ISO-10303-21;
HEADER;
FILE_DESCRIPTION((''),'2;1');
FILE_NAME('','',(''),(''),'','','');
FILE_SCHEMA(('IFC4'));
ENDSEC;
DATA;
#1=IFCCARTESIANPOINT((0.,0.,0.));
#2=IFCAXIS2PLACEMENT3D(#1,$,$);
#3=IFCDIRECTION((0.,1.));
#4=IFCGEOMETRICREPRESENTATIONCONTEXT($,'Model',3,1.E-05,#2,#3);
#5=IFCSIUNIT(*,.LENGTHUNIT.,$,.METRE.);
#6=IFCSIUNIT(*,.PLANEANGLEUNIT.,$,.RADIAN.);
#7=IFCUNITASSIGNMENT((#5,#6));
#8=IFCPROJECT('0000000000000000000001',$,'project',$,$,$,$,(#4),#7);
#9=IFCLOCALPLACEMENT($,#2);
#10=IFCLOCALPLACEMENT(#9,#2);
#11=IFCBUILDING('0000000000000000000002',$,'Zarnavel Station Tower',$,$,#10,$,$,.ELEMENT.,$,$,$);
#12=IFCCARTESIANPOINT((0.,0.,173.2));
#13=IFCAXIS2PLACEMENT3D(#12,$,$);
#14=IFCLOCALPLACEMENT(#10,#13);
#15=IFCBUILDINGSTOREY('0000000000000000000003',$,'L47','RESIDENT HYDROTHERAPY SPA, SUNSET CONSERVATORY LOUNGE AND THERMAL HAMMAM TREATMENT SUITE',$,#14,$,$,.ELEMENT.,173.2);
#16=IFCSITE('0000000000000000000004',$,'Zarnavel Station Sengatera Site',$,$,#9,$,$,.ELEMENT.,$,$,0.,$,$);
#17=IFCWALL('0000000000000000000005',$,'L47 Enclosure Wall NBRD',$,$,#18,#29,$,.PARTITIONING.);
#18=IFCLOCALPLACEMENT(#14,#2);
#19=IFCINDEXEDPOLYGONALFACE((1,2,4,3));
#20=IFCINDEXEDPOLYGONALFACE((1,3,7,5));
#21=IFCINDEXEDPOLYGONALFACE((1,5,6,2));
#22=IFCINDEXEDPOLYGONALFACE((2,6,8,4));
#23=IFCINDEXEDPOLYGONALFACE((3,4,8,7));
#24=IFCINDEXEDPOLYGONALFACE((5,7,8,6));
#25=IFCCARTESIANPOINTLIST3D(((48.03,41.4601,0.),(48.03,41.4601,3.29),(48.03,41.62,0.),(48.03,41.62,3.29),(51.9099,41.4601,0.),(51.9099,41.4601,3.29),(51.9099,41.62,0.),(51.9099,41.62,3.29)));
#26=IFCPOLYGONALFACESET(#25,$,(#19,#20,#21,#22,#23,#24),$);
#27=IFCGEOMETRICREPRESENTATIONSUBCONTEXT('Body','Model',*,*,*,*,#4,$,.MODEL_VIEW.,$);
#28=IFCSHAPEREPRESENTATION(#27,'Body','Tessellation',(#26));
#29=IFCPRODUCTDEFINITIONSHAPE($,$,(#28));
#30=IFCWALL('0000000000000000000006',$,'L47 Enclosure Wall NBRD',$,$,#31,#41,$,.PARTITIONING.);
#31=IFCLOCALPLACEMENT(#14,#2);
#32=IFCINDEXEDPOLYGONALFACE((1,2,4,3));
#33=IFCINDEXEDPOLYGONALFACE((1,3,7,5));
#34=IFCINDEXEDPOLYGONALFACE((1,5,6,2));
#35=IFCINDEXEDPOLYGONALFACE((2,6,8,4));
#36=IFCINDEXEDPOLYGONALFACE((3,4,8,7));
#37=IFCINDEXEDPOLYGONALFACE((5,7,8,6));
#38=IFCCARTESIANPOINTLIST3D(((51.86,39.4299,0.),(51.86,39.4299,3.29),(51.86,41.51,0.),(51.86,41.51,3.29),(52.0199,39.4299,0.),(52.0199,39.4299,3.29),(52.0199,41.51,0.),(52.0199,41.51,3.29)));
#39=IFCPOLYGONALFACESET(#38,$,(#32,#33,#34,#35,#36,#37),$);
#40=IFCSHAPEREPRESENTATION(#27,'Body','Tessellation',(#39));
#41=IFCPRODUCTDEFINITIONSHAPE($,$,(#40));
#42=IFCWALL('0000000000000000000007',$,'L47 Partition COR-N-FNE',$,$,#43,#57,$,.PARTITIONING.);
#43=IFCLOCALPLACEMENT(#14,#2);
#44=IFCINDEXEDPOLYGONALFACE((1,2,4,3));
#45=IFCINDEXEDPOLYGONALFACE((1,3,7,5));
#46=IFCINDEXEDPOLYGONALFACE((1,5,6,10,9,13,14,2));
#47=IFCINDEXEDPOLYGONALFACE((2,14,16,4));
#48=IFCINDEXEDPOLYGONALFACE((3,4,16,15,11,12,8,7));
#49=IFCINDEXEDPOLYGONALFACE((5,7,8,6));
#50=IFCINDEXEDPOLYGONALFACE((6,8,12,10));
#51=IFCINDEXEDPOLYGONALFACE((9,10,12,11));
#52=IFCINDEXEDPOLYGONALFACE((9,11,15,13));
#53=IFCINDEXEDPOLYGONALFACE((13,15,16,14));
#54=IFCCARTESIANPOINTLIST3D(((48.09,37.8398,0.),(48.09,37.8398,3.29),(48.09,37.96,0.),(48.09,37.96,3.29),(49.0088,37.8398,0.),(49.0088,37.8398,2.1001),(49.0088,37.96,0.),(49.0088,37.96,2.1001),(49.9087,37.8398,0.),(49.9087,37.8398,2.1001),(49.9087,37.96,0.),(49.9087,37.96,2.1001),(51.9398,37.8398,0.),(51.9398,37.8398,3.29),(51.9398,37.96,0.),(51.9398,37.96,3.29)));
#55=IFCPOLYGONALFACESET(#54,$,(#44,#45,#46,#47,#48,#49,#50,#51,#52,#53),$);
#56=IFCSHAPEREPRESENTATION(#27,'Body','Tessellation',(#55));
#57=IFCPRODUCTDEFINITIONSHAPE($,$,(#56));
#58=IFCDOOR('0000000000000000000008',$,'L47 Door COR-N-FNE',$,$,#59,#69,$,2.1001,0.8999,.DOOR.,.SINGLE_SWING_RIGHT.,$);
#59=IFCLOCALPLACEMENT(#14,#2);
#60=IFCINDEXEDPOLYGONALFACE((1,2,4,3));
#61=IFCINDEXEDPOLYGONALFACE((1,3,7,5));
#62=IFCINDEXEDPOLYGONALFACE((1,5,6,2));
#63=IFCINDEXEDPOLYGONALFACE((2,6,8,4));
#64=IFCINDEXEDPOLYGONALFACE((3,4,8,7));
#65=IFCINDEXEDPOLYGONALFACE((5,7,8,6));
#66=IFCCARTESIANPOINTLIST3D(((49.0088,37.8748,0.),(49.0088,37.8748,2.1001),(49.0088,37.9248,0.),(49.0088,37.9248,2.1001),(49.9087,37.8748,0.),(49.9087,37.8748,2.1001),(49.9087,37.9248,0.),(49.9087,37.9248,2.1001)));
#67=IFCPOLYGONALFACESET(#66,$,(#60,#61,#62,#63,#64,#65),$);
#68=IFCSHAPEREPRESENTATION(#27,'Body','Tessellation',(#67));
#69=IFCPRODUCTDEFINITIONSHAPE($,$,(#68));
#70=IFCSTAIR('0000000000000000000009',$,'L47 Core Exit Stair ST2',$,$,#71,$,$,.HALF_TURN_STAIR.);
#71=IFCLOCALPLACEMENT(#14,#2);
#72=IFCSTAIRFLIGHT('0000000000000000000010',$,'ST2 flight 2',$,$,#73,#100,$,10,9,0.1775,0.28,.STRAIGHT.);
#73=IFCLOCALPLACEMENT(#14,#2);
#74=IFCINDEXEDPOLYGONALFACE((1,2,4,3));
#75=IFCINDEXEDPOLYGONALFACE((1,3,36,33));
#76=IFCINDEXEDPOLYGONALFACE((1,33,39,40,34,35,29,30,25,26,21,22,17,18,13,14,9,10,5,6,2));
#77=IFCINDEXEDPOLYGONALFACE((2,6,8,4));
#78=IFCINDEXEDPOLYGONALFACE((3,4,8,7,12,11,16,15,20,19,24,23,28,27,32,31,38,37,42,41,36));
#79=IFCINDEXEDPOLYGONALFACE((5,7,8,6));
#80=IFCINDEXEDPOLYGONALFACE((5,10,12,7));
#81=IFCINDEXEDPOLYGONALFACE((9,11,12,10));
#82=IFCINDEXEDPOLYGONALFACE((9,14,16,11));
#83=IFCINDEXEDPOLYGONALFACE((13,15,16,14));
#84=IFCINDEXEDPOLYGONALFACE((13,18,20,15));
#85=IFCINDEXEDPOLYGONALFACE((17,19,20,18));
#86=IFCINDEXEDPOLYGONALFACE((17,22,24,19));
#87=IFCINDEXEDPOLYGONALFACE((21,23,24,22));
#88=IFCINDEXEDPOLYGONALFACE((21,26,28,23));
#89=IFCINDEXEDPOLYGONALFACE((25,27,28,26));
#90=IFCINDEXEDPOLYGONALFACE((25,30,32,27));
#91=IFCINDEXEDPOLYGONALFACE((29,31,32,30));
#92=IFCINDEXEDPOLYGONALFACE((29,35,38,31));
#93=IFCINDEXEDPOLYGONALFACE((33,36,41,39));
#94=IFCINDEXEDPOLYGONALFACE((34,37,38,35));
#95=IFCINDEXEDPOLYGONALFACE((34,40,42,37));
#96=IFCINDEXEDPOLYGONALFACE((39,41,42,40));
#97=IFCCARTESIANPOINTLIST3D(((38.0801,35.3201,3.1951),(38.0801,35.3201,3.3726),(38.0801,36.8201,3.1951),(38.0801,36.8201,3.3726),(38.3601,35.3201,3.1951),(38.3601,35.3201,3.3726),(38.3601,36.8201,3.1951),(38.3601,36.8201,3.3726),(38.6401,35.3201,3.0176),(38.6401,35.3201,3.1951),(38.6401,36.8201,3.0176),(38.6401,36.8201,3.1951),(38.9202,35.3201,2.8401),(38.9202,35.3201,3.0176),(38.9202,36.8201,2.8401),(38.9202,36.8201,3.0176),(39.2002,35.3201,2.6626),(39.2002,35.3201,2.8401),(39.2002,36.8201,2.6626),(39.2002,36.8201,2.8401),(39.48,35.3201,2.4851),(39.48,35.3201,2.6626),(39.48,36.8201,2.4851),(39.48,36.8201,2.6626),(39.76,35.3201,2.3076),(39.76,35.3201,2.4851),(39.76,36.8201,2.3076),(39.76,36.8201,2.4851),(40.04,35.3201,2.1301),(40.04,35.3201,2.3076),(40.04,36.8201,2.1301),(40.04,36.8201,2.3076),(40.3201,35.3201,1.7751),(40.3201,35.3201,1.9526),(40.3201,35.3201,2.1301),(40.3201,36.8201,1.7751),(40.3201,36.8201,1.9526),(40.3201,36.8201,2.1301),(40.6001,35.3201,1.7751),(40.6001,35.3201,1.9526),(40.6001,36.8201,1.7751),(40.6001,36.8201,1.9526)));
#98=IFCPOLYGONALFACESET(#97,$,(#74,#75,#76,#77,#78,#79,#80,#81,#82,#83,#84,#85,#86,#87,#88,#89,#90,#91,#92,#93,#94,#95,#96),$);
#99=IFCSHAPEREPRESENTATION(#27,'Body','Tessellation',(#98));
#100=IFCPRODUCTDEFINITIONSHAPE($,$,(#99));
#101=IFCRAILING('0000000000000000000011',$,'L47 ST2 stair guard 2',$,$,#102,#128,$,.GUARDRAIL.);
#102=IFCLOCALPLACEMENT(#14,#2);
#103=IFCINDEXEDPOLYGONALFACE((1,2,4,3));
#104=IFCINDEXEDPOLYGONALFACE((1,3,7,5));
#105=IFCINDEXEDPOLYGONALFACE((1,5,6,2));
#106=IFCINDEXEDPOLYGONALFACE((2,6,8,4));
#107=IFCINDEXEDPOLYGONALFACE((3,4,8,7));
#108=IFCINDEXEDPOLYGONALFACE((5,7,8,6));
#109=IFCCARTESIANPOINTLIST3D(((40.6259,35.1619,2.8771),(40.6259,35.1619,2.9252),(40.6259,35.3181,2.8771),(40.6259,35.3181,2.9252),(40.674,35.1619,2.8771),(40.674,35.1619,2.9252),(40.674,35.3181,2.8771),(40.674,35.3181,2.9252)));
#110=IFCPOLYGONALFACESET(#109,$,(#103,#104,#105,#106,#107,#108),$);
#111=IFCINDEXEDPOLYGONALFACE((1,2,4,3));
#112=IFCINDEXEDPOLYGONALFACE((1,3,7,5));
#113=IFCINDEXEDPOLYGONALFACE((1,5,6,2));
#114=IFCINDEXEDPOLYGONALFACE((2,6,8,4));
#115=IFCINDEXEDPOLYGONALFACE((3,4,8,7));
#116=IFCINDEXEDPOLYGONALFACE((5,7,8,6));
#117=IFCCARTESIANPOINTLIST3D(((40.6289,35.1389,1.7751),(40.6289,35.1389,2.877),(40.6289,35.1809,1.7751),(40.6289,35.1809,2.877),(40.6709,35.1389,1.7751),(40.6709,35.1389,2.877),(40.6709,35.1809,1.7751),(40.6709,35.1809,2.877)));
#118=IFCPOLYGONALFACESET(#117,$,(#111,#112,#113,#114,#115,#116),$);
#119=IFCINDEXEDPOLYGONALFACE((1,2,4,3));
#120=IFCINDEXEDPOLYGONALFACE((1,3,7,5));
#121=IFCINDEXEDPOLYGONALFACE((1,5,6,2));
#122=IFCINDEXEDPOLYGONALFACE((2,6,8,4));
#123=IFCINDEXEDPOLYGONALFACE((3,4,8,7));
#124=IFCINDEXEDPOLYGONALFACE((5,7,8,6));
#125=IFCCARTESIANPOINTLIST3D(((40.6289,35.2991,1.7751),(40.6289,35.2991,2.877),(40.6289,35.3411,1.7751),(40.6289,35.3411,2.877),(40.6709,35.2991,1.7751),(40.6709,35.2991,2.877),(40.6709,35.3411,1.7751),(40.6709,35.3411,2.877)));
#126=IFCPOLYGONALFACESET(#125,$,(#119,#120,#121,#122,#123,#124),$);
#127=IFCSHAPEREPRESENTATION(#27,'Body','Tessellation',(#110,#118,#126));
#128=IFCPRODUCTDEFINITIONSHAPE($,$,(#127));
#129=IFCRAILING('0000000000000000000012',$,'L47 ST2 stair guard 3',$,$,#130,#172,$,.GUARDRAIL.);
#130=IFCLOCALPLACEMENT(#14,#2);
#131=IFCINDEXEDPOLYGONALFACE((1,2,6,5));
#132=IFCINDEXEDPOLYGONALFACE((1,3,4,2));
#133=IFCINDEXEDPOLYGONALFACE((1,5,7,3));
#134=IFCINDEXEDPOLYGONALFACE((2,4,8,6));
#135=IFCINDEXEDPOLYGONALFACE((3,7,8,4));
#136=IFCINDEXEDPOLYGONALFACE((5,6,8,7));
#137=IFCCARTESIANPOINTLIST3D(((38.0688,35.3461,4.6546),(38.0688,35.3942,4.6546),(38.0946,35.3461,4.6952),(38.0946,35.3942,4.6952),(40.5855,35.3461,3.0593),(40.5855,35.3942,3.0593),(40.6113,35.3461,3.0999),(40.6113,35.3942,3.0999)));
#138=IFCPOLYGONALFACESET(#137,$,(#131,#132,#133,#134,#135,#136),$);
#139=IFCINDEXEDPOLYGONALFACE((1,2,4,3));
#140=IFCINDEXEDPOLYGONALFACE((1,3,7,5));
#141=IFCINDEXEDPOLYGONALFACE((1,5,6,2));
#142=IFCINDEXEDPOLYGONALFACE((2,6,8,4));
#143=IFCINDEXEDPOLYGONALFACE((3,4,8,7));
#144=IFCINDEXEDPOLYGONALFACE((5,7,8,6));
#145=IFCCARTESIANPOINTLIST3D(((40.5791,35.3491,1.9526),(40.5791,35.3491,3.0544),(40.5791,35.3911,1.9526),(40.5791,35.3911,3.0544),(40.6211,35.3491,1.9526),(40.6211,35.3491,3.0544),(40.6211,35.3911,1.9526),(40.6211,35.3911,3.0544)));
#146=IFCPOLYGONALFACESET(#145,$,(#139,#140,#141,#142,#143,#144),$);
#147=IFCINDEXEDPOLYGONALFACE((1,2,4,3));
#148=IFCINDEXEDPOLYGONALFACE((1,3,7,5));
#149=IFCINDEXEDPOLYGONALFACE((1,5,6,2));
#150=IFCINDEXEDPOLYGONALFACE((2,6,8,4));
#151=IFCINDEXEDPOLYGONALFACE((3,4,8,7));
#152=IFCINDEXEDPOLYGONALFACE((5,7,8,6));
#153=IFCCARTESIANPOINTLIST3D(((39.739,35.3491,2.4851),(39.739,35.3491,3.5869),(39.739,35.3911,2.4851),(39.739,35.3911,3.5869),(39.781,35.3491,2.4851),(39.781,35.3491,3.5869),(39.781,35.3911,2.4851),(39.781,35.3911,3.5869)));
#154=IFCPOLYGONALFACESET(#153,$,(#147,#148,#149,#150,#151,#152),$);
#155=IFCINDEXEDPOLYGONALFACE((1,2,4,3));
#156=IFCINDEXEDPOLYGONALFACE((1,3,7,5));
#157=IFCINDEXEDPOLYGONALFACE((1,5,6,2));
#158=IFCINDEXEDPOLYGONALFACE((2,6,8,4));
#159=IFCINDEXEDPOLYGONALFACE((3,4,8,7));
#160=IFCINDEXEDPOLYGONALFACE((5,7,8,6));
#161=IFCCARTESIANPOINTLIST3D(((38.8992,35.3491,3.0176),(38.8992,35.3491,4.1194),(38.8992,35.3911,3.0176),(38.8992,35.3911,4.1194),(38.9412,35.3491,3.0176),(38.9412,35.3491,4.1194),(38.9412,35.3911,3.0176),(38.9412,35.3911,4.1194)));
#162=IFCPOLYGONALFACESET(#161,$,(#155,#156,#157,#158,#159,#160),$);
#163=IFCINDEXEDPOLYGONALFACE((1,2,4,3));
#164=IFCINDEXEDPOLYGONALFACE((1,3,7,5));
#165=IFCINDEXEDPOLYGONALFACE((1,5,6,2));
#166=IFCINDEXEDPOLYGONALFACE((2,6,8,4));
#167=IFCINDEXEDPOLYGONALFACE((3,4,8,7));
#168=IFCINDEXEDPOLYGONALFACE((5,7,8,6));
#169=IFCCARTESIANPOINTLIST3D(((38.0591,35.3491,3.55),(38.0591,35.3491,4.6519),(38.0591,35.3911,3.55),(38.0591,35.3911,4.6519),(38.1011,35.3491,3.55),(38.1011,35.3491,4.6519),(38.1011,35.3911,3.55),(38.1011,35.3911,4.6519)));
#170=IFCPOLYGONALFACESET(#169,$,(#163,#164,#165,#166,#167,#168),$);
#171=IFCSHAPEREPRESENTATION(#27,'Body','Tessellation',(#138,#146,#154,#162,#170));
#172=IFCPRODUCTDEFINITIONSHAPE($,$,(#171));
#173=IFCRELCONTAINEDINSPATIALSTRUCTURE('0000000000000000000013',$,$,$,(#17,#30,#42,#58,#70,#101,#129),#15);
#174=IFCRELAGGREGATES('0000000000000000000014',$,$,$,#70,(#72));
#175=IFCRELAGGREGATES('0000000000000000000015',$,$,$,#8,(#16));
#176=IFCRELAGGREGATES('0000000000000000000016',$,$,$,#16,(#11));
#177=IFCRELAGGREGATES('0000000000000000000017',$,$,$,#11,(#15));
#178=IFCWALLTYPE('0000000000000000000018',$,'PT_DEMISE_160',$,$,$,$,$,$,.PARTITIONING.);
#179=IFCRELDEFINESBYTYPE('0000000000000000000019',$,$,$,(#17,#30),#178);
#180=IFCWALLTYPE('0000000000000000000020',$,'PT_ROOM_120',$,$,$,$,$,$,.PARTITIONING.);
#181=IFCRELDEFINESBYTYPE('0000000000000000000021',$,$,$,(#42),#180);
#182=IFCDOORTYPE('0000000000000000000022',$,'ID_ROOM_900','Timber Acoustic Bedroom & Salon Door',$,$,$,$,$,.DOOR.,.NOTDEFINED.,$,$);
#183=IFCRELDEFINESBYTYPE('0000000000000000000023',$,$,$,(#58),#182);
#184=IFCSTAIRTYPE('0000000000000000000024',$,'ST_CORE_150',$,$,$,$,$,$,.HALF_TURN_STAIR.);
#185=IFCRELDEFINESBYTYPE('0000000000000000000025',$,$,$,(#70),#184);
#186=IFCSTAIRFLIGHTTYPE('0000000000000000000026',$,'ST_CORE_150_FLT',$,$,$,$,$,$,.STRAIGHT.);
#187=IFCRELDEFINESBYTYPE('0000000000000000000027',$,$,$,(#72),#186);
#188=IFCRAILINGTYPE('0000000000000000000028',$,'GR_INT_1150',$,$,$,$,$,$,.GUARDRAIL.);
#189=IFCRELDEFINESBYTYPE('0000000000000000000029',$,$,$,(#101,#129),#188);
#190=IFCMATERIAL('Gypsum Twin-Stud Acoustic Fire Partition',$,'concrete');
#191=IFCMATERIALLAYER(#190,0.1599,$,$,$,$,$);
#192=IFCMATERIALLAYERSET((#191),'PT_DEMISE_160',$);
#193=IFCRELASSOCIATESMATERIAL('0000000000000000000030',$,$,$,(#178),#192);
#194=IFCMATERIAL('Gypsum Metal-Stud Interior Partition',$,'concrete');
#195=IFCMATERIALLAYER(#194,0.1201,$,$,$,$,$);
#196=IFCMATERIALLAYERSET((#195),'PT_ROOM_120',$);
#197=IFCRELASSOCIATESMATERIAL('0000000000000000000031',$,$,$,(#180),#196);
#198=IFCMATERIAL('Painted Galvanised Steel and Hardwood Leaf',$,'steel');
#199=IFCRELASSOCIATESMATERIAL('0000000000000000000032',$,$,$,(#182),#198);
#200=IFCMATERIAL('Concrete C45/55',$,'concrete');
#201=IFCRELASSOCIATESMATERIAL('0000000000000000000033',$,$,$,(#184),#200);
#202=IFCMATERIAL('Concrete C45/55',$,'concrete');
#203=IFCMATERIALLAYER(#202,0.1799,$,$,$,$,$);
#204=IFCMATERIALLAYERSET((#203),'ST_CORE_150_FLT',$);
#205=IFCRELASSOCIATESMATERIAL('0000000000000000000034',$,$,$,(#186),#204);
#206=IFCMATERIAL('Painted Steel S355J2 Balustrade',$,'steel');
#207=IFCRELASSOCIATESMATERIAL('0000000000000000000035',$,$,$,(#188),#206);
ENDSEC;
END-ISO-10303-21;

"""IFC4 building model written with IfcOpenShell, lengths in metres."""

from ifc_helpers import new_model, si_unit, direction, frame, frame_2d, origin, origin_2d, place, context, subcontext, project, spatial, polyline, rectangle, outline, extrude, material, layer, layer_set, type_object, element, fill, aggregate, save


model = new_model("IFC4")

# Units and contexts
model_context = context("Model", 3, precision=1e-05, world=origin(), true_north=direction((0.0, 1.0)))
body_context = subcontext(model_context, "Body", "Model", "MODEL_VIEW")
ifc_project = project(units=[si_unit("LENGTHUNIT", "METRE"), si_unit("PLANEANGLEUNIT", "RADIAN")], contexts=[model_context])

# Site, building, storey
site_placement = place(None, origin())
site = spatial("IfcSite", under=ifc_project, at=site_placement, Name="Zarnavel Station Sengatera Site", CompositionType="ELEMENT", RefElevation=0.0)
building_placement = place(site_placement, origin())
building = spatial("IfcBuilding", under=site, at=building_placement, Name="Zarnavel Station Tower", CompositionType="ELEMENT")
storey_placement = place(building_placement, frame((0.0, 0.0, 173.2)))
storey = spatial("IfcBuildingStorey", under=building, at=storey_placement, Name="L47", Description="RESIDENT HYDROTHERAPY SPA, SUNSET CONSERVATORY LOUNGE AND THERMAL HAMMAM TREATMENT SUITE", CompositionType="ELEMENT", Elevation=173.2)

# Walls
ifc_material_1 = material(Name="Gypsum Twin-Stud Acoustic Fire Partition", Category="concrete")
ifc_layer_1 = layer(ifc_material_1, 0.1599)
ifc_layer_set_1 = layer_set([ifc_layer_1], Name="PT_DEMISE_160")
wall_type_1 = type_object("IfcWallType", Name="PT_DEMISE_160", PredefinedType="PARTITIONING", material=ifc_layer_set_1)
wall_1_placement = place(storey_placement, frame((48.03, 41.54, 0.0), z_axis=(0.0, 0.0, 1.0), x_axis=(1.0, 0.0, 0.0)))
element("IfcWall", 1, at=wall_1_placement, inside=storey, type_object=wall_type_1, Name="L47 Enclosure Wall NBRD", PredefinedType="PARTITIONING", context=body_context, shape_type="SweptSolid", body=[
    extrude(rectangle(XDim=3.8799, YDim=0.1599, at=frame_2d((1.9399, 0.0))), origin(), (0.0, 0.0, 1.0), 3.29),
])
wall_2_placement = place(storey_placement, frame((51.9399, 39.4299, 0.0), z_axis=(0.0, 0.0, 1.0), x_axis=(0.0, 1.0, 0.0)))
element("IfcWall", 2, at=wall_2_placement, inside=storey, type_object=wall_type_1, Name="L47 Enclosure Wall NBRD", PredefinedType="PARTITIONING", context=body_context, shape_type="SweptSolid", body=[
    extrude(rectangle(XDim=2.0801, YDim=0.1599, at=frame_2d((1.04, 0.0))), origin(), (0.0, 0.0, 1.0), 3.29),
])

# Wall, opening, door
ifc_material_2 = material(Name="Gypsum Metal-Stud Interior Partition", Category="concrete")
ifc_layer_2 = layer(ifc_material_2, 0.1201)
ifc_layer_set_2 = layer_set([ifc_layer_2], Name="PT_ROOM_120")
wall_type_2 = type_object("IfcWallType", Name="PT_ROOM_120", PredefinedType="PARTITIONING", material=ifc_layer_set_2)
wall_3_placement = place(storey_placement, frame((48.0901, 37.8999, 0.0), z_axis=(0.0, 0.0, 1.0), x_axis=(1.0, 0.0, 0.0)))
wall_3 = element("IfcWall", 3, at=wall_3_placement, inside=storey, type_object=wall_type_2, Name="L47 Partition COR-N-FNE", PredefinedType="PARTITIONING", context=body_context, shape_type="SweptSolid", body=[
    extrude(rectangle(XDim=3.8499, YDim=0.1201, at=frame_2d((1.9248, 0.0))), origin(), (0.0, 0.0, 1.0), 3.29),
])
opening_1_placement = place(wall_3_placement, frame((0.9187, 0.0, 0.0)))
opening_1 = element("IfcOpeningElement", 4, at=opening_1_placement, cuts=wall_3, PredefinedType="OPENING", context=body_context, shape_type="SweptSolid", body=[
    extrude(rectangle(XDim=0.8999, YDim=2.1001, at=frame_2d((0.45, 1.05))), frame((0.0, 0.0701, 0.0), z_axis=(0.0, -1.0, 0.0), x_axis=(1.0, 0.0, 0.0)), (0.0, 0.0, 1.0), 0.1401),
])
ifc_material_3 = material(Name="Painted Galvanised Steel and Hardwood Leaf", Category="steel")
door_type_1 = type_object("IfcDoorType", Name="ID_ROOM_900", Description="Timber Acoustic Bedroom & Salon Door", OperationType="NOTDEFINED", PredefinedType="DOOR", material=ifc_material_3)
door_1_placement = place(opening_1_placement, origin())
door_1 = element("IfcDoor", 5, at=door_1_placement, inside=storey, type_object=door_type_1, Name="L47 Door COR-N-FNE", OperationType="SINGLE_SWING_RIGHT", OverallHeight=2.1001, OverallWidth=0.8999, PredefinedType="DOOR", context=body_context, shape_type="SweptSolid", body=[
    extrude(rectangle(XDim=0.8999, YDim=2.1001, at=frame_2d((0.45, 1.05))), frame((0.0, 0.0249, 0.0), z_axis=(0.0, -1.0, 0.0), x_axis=(1.0, 0.0, 0.0)), (0.0, 0.0, 1.0), 0.05),
])
fill(opening_1, door_1)

# Stair, stair flight
ifc_material_4 = material(Name="Concrete C45/55", Category="concrete")
stair_type = type_object("IfcStairType", Name="ST_CORE_150", PredefinedType="HALF_TURN_STAIR", material=ifc_material_4)
stair_placement = place(storey_placement, origin())
stair = element("IfcStair", 6, at=stair_placement, inside=storey, type_object=stair_type, Name="L47 Core Exit Stair ST2", PredefinedType="HALF_TURN_STAIR")
ifc_material_5 = material(Name="Concrete C45/55", Category="concrete")
ifc_layer_3 = layer(ifc_material_5, 0.1799)
ifc_layer_set_3 = layer_set([ifc_layer_3], Name="ST_CORE_150_FLT")
stair_flight_type = type_object("IfcStairFlightType", Name="ST_CORE_150_FLT", PredefinedType="STRAIGHT", material=ifc_layer_set_3)
stair_flight_placement = place(storey_placement, frame((40.6001, 36.0701, 1.7751), z_axis=(0.0, 0.0, 1.0), x_axis=(-1.0, 0.0, 0.0)))
stair_flight = element("IfcStairFlight", 7, at=stair_flight_placement, type_object=stair_flight_type, Name="ST2 flight 2", NumberOfRisers=10, NumberOfTreads=9, PredefinedType="STRAIGHT", RiserHeight=0.1775, TreadLength=0.28, context=body_context, shape_type="SweptSolid", body=[
    extrude(outline(polyline([(0.0, 0.0), (0.0, 0.1775), (0.28, 0.1775), (0.28, 0.355), (0.5601, 0.355), (0.5601, 0.5325), (0.8401, 0.5325), (0.8401, 0.71), (1.1201, 0.71), (1.1201, 0.8875), (1.3999, 0.8875), (1.3999, 1.0649), (1.6799, 1.0649), (1.6799, 1.2424), (1.96, 1.2424), (1.96, 1.4199), (2.24, 1.4199), (2.24, 1.5974), (2.52, 1.5974), (2.52, 1.7749), (2.52, 1.4199), (0.28, 0.0), (0.0, 0.0)])), frame((0.0, 0.75, 0.0), z_axis=(0.0, -1.0, 0.0), x_axis=(1.0, 0.0, 0.0)), (0.0, 0.0, 1.0), 1.5),
])
aggregate(stair, [stair_flight])

# Railings
ifc_material_6 = material(Name="Painted Steel S355J2 Balustrade", Category="steel")
railing_type_1 = type_object("IfcRailingType", Name="GR_INT_1150", PredefinedType="GUARDRAIL", material=ifc_material_6)
railing_1_placement = place(storey_placement, frame((40.6499, 35.1599, 1.7751)))
element("IfcRailing", 8, at=railing_1_placement, inside=storey, type_object=railing_type_1, Name="L47 ST2 stair guard 2", PredefinedType="GUARDRAIL", context=body_context, shape_type="SweptSolid", body=[
    extrude(rectangle(XDim=0.0481, YDim=0.0481, at=origin_2d()), frame((0.0, 0.002, 1.126), z_axis=(0.0, 1.0, 0.0), x_axis=(-1.0, 0.0, 0.0)), (0.0, 0.0, 1.0), 0.1562),
    extrude(rectangle(XDim=0.042, YDim=0.042, at=origin_2d()), origin(), (0.0, 0.0, 1.0), 1.1018),
    extrude(rectangle(XDim=0.042, YDim=0.042, at=origin_2d()), frame((0.0, 0.1602, 0.0)), (0.0, 0.0, 1.0), 1.1018),
])
railing_2_placement = place(storey_placement, frame((40.6001, 35.3701, 1.9526)))
element("IfcRailing", 9, at=railing_2_placement, inside=storey, type_object=railing_type_1, Name="L47 ST2 stair guard 3", PredefinedType="GUARDRAIL", context=body_context, shape_type="SweptSolid", body=[
    extrude(rectangle(XDim=0.0481, YDim=0.0481, at=origin_2d()), frame((-0.0017, 0.0, 1.127), z_axis=(-0.844607, 0.0, 0.535387), x_axis=(0.0, -1.0, 0.0)), (0.0, 0.0, 1.0), 2.9797),
    extrude(rectangle(XDim=0.042, YDim=0.042, at=origin_2d()), origin(), (0.0, 0.0, 1.0), 1.1018),
    extrude(rectangle(XDim=0.042, YDim=0.042, at=origin_2d()), frame((-0.8401, 0.0, 0.5325)), (0.0, 0.0, 1.0), 1.1018),
    extrude(rectangle(XDim=0.042, YDim=0.042, at=origin_2d()), frame((-1.6799, 0.0, 1.0649)), (0.0, 0.0, 1.0), 1.1018),
    extrude(rectangle(XDim=0.042, YDim=0.042, at=origin_2d()), frame((-2.52, 0.0, 1.5974)), (0.0, 0.0, 1.0), 1.1018),
])

save(model, "model.ifc")
